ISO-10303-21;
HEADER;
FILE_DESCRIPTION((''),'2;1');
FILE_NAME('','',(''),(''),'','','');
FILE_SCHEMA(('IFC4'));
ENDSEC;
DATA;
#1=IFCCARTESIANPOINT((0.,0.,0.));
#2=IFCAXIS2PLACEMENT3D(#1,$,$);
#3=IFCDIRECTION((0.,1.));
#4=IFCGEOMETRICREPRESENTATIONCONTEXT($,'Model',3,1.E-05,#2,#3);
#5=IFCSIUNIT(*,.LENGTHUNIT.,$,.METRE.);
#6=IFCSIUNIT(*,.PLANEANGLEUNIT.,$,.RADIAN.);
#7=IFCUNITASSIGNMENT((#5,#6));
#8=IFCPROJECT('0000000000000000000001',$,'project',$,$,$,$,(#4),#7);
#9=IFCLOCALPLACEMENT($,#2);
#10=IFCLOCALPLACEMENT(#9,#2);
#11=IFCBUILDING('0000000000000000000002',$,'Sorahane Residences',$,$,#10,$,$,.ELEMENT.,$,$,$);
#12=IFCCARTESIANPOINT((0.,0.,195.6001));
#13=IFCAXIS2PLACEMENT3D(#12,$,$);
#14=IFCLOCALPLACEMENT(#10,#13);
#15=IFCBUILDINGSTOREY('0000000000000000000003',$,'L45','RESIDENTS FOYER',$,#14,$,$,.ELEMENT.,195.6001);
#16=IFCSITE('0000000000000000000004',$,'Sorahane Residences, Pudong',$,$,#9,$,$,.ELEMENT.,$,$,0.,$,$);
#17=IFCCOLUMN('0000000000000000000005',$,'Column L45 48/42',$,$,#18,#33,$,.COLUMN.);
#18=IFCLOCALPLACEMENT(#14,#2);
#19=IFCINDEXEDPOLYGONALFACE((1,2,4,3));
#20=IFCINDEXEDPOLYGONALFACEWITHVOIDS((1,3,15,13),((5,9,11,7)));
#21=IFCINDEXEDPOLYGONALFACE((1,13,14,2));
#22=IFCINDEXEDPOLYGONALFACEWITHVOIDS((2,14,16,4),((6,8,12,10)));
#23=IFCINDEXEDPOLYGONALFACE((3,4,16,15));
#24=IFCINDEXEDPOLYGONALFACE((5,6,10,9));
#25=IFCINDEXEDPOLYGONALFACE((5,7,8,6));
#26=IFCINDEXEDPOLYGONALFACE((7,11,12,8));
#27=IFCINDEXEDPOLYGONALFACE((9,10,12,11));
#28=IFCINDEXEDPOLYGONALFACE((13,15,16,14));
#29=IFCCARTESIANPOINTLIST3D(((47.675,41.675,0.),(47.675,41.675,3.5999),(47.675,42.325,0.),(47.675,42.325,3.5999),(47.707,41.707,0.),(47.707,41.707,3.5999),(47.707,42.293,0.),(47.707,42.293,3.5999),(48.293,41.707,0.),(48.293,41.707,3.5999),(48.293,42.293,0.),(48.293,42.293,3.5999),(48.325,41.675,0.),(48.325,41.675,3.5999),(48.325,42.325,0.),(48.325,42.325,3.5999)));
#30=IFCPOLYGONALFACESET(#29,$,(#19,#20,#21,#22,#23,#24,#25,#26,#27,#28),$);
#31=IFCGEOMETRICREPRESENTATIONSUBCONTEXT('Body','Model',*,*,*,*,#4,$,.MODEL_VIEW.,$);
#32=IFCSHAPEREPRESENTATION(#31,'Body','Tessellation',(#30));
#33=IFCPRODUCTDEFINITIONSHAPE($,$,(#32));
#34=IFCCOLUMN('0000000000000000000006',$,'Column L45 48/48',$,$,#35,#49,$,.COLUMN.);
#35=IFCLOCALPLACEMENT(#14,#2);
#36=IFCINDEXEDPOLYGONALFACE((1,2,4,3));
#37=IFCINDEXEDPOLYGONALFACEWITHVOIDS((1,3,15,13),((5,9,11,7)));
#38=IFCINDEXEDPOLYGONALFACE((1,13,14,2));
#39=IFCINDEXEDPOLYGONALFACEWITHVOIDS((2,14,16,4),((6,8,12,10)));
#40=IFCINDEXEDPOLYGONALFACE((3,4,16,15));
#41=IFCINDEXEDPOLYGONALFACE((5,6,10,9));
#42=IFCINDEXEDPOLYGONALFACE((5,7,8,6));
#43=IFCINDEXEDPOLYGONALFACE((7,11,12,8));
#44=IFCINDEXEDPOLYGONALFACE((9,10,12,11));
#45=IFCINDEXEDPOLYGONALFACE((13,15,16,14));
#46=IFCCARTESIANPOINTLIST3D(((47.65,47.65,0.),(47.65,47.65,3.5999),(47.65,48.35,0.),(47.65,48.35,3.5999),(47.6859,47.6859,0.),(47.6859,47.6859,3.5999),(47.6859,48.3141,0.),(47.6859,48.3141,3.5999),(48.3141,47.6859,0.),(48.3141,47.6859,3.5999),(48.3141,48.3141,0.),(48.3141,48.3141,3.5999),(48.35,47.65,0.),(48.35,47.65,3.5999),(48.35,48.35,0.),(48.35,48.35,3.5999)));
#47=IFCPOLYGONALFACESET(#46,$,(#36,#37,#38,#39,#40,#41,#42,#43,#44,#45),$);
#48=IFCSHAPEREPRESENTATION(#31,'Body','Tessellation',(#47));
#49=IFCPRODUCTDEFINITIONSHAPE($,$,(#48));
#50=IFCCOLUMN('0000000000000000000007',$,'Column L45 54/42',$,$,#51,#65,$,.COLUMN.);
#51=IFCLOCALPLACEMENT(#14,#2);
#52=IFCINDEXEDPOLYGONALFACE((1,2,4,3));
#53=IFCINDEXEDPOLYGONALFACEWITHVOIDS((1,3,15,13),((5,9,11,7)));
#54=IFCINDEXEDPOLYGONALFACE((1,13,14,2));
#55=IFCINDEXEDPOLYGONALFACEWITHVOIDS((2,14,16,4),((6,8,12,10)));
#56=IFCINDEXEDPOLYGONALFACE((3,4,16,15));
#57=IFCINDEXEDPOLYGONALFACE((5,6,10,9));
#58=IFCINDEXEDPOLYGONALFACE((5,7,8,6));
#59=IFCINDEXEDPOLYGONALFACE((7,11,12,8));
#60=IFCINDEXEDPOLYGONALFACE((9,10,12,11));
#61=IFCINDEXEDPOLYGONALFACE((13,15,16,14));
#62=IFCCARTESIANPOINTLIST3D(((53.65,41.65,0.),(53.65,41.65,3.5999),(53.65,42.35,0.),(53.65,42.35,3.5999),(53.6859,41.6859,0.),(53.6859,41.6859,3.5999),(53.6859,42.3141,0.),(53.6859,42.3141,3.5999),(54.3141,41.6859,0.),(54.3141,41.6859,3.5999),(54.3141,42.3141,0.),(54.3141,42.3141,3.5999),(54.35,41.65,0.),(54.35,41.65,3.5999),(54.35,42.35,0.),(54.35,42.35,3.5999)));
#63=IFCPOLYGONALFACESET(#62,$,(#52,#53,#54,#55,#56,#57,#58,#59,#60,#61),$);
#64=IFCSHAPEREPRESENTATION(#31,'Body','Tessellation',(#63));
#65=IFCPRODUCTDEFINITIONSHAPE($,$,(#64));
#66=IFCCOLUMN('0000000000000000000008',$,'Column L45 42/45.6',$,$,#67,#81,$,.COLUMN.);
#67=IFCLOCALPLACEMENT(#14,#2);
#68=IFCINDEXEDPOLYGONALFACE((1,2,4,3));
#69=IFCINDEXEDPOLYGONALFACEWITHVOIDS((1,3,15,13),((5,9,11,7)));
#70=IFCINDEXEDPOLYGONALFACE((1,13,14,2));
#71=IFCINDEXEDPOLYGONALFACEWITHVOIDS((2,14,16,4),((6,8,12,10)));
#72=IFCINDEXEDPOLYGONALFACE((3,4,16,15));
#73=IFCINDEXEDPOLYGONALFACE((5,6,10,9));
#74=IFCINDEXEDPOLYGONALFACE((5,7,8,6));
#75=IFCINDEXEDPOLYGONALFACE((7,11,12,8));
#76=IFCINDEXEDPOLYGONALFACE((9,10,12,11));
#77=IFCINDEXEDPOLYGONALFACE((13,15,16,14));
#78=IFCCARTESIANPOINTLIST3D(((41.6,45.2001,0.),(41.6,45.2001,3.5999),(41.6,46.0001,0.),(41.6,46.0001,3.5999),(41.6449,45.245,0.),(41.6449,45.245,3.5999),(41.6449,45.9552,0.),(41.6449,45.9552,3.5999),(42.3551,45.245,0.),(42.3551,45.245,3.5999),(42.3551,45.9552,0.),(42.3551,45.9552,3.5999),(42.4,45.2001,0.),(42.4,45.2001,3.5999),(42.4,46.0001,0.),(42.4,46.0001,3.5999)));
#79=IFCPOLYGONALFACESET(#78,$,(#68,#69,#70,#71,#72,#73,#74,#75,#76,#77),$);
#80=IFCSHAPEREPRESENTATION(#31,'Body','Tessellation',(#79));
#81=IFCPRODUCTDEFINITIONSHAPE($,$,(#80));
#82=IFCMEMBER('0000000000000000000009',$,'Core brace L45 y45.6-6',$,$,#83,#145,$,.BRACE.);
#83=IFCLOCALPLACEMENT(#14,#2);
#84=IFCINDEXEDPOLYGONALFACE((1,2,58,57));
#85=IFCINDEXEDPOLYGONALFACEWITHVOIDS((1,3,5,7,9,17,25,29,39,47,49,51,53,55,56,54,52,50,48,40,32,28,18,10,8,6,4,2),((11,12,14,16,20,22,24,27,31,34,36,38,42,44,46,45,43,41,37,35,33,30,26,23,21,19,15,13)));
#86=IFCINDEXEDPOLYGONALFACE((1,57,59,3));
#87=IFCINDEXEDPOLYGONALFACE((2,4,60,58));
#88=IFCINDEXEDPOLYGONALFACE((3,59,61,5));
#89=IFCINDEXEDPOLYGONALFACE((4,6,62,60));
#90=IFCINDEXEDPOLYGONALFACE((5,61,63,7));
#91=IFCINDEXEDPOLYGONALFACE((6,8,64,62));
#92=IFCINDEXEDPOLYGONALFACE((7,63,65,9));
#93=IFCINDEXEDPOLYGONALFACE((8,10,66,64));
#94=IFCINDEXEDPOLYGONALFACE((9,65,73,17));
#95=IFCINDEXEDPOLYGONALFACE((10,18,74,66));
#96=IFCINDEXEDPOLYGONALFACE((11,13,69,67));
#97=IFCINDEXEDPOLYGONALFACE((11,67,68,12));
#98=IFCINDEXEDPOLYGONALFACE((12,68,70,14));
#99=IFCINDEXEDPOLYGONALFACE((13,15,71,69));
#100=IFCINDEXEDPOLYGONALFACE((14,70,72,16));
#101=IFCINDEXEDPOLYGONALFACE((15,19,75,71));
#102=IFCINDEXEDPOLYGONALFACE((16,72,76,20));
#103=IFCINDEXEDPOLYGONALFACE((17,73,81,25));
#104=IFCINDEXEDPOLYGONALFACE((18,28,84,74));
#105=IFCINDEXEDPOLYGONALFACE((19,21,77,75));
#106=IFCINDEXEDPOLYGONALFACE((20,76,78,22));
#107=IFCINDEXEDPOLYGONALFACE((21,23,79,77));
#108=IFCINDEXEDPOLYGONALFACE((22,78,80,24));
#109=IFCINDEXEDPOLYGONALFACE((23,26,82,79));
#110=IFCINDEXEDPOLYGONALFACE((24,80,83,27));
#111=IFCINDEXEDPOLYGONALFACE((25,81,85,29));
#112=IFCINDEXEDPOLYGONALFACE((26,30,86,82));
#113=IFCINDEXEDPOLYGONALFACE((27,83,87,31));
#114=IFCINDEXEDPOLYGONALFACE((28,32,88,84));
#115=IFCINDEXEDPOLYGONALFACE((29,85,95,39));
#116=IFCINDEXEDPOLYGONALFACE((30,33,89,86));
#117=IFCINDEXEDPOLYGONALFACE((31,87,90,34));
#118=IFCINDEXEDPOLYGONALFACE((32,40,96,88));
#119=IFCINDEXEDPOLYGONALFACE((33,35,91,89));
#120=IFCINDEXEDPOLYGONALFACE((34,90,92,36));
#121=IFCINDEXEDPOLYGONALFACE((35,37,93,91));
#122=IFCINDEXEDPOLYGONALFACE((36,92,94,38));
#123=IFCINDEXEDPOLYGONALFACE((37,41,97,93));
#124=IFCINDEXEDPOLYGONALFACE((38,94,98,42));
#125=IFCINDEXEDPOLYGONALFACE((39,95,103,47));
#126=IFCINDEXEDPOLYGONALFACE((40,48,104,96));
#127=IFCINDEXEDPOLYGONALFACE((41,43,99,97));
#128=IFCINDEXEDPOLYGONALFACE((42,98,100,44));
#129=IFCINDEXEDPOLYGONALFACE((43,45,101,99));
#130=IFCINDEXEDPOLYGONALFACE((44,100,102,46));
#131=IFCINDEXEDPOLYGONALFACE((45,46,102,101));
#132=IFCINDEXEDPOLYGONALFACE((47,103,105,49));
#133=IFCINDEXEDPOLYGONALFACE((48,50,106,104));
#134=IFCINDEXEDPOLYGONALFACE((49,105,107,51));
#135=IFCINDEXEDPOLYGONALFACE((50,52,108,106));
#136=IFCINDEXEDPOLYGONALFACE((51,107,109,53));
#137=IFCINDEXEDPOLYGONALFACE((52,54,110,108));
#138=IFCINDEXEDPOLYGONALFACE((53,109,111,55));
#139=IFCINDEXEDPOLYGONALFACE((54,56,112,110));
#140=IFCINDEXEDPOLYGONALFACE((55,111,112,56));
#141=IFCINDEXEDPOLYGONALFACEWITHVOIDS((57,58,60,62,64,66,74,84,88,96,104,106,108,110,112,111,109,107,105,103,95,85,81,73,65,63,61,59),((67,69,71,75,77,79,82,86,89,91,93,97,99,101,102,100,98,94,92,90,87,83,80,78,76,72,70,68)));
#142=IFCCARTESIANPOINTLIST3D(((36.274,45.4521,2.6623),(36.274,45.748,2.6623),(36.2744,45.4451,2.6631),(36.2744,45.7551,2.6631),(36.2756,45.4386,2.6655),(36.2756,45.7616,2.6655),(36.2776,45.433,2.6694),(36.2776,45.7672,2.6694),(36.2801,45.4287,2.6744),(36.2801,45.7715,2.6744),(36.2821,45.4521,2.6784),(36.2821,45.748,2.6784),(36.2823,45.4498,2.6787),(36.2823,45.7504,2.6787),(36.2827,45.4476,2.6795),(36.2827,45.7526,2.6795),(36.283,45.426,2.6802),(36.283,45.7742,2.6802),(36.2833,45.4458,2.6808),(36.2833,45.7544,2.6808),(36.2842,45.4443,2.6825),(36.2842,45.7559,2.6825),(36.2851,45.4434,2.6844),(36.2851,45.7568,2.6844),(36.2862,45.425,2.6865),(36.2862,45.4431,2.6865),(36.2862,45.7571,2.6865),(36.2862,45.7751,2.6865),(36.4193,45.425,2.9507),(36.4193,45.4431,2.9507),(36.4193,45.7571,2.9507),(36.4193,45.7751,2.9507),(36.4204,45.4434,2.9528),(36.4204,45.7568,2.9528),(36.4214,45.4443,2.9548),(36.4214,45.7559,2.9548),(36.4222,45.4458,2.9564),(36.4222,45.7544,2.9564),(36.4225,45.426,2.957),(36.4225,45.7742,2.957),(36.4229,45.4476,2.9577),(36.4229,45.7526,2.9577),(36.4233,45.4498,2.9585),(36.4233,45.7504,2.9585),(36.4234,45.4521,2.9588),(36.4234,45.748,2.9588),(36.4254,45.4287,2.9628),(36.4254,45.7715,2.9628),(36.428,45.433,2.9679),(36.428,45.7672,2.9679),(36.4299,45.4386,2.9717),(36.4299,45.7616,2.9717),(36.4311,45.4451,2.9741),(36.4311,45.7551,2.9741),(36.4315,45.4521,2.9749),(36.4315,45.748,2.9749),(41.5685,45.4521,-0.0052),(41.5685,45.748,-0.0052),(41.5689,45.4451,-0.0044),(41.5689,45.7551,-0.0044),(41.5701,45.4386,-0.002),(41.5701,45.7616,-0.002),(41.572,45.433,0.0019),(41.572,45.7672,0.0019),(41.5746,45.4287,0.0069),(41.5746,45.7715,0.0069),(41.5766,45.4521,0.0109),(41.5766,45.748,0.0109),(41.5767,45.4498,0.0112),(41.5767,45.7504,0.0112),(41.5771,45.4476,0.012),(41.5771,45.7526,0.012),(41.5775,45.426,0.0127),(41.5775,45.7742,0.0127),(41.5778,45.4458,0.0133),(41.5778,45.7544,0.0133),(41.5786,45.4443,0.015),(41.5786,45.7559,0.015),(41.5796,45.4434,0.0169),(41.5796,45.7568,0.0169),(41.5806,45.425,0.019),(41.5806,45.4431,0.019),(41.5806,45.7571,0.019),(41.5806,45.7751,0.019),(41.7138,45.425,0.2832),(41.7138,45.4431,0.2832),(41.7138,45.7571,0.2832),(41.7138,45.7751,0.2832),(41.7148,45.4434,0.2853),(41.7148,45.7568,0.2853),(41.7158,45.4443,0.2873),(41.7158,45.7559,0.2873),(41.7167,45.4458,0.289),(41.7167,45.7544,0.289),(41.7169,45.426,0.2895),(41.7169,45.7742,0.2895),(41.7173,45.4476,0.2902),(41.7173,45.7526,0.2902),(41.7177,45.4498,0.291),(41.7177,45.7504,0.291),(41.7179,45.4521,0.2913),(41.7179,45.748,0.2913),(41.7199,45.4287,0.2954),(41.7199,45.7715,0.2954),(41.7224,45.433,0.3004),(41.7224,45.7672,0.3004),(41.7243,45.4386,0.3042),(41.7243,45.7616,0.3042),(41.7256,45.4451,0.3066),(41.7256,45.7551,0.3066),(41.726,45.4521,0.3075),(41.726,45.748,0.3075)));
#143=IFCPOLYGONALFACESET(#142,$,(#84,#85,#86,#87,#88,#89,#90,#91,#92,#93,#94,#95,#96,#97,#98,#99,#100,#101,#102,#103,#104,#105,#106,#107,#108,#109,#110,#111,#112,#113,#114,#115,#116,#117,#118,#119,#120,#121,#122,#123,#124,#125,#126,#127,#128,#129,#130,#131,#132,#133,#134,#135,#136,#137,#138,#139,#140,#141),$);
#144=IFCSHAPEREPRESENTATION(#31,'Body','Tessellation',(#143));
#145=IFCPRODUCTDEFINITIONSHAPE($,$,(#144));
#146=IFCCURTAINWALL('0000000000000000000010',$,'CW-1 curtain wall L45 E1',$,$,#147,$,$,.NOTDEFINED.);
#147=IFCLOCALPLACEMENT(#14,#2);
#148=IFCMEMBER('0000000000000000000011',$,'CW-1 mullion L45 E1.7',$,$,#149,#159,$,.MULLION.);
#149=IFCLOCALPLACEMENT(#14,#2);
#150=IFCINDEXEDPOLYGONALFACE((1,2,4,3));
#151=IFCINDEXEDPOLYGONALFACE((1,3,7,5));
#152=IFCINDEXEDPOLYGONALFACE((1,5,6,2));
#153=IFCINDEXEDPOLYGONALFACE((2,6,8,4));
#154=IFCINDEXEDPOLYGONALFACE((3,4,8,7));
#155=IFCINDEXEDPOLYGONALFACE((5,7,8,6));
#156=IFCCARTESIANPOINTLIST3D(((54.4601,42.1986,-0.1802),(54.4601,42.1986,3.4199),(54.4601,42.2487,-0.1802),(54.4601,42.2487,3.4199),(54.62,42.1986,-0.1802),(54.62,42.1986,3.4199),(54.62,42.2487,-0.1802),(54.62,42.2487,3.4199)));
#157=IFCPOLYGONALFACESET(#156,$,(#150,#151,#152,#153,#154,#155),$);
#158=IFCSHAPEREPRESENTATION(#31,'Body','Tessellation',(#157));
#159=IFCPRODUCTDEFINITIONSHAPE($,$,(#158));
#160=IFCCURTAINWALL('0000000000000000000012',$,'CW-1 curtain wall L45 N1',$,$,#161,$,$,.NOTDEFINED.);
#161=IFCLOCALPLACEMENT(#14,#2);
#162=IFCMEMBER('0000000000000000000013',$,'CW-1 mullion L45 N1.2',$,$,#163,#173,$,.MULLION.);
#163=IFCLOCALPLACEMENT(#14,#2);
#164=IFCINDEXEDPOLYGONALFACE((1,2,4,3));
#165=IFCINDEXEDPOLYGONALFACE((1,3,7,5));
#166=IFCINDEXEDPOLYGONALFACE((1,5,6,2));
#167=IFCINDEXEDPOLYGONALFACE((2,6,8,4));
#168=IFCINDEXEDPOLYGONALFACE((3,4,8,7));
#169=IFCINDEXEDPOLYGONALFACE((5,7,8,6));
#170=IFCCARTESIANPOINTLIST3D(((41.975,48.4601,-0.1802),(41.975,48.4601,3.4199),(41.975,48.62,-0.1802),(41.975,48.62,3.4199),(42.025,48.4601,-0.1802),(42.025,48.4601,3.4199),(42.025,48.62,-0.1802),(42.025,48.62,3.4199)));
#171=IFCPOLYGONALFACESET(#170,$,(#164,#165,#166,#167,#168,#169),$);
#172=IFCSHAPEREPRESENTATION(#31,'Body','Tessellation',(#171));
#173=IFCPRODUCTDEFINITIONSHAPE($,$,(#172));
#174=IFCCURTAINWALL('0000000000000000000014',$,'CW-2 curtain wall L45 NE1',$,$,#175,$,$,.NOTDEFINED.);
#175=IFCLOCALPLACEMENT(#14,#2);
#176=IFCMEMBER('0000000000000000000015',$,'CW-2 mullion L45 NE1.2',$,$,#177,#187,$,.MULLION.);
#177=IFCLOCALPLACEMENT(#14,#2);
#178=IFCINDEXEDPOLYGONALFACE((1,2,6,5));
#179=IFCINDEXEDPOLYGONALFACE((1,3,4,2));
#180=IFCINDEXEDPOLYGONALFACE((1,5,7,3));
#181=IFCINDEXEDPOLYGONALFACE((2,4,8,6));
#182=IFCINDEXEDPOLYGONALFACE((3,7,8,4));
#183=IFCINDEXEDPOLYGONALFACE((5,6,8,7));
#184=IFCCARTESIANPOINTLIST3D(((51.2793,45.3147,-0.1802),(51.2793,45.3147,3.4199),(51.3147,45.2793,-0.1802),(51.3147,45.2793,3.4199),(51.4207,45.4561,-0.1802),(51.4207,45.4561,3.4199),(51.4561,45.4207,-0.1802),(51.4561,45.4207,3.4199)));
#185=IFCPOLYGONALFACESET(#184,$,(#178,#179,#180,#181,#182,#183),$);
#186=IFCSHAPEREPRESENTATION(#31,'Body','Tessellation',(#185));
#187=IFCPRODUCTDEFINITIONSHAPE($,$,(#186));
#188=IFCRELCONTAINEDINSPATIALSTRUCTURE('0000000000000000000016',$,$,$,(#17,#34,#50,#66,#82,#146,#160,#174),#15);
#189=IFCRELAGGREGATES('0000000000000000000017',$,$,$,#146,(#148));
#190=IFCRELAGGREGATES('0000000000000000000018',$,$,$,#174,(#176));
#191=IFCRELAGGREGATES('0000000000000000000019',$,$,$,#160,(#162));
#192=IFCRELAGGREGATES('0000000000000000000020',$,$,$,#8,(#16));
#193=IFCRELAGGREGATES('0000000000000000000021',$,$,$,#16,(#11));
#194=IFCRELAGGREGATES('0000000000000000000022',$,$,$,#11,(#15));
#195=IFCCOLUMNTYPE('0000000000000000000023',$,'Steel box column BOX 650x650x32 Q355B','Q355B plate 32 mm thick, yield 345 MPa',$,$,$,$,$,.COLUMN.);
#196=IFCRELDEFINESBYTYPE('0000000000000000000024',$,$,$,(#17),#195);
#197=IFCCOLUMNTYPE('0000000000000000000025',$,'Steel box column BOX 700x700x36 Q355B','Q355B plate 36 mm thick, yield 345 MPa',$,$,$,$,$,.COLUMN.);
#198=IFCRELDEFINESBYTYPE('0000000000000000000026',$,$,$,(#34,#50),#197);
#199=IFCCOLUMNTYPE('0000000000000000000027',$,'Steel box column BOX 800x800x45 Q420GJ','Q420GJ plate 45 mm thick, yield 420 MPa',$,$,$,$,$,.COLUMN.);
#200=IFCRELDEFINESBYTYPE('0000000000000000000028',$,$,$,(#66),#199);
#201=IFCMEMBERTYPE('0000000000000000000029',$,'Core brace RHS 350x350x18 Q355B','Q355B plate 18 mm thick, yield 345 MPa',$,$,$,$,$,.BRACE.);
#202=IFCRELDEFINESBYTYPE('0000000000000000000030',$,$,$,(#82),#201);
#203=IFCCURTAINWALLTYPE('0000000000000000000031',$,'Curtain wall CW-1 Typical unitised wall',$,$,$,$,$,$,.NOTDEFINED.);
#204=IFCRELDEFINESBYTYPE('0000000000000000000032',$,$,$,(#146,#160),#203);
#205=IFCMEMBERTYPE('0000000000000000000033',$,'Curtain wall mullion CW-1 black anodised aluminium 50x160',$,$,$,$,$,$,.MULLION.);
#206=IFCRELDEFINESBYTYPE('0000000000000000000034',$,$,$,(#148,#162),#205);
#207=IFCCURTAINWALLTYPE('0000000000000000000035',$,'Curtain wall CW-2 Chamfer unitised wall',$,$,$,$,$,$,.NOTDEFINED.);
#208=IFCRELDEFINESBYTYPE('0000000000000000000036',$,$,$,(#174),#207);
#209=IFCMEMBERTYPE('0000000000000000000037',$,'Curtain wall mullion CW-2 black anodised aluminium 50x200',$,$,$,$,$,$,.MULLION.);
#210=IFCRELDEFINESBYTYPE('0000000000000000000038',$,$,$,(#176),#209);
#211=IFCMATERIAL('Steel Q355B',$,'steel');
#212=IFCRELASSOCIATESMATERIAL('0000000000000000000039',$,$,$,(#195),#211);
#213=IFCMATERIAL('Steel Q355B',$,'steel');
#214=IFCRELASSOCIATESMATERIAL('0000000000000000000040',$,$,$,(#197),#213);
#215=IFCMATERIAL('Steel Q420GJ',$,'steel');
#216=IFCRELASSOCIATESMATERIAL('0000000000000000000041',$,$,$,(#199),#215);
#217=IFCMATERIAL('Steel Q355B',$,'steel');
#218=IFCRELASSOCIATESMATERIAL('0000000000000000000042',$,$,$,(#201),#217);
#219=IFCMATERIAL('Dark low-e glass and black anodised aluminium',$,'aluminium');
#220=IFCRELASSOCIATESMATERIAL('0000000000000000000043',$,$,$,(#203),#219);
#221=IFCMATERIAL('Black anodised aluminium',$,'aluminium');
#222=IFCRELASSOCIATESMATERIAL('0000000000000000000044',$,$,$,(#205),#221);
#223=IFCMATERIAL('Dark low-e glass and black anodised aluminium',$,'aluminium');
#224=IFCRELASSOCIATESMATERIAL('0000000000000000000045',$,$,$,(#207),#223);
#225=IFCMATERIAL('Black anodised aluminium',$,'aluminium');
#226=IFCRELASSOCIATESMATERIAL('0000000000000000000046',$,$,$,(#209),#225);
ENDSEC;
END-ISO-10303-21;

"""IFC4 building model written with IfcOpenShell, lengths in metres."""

from ifc_helpers import new_model, si_unit, direction, frame, origin, origin_2d, place, context, subcontext, project, spatial, rectangle, hollow_rectangle, extrude, material, material_profile, profile_set, type_object, element, aggregate, save


model = new_model("IFC4")

# Units and contexts
model_context = context("Model", 3, precision=1e-05, world=origin(), true_north=direction((0.0, 1.0)))
body_context = subcontext(model_context, "Body", "Model", "MODEL_VIEW")
ifc_project = project(units=[si_unit("LENGTHUNIT", "METRE"), si_unit("PLANEANGLEUNIT", "RADIAN")], contexts=[model_context])

# Site, building, storey
site_placement = place(None, origin())
site = spatial("IfcSite", under=ifc_project, at=site_placement, Name="Sorahane Residences, Pudong", CompositionType="ELEMENT", RefElevation=0.0)
building_placement = place(site_placement, origin())
building = spatial("IfcBuilding", under=site, at=building_placement, Name="Sorahane Residences", CompositionType="ELEMENT")
storey_placement = place(building_placement, frame((0.0, 0.0, 195.6001)))
storey = spatial("IfcBuildingStorey", under=building, at=storey_placement, Name="L45", Description="RESIDENTS FOYER", CompositionType="ELEMENT", Elevation=195.6001)

# Columns
ifc_material_1 = material(Name="Steel Q355B", Category="steel")
ifc_material_profile_1 = material_profile(ifc_material_1, hollow_rectangle(XDim=0.6499, YDim=0.6499, WallThickness=0.032, at=origin_2d()), Name="BOX 650x650x32")
ifc_profile_set_1 = profile_set([ifc_material_profile_1], Name="Steel Q355B")
column_type_1 = type_object("IfcColumnType", Name="Steel box column BOX 650x650x32 Q355B", Description="Q355B plate 32 mm thick, yield 345 MPa", PredefinedType="COLUMN", material=ifc_profile_set_1)
column_1_placement = place(storey_placement, frame((48.0, 42.0, 0.0), z_axis=(0.0, 0.0, 1.0), x_axis=(1.0, 0.0, 0.0)))
element("IfcColumn", 1, at=column_1_placement, inside=storey, type_object=column_type_1, Name="Column L45 48/42", PredefinedType="COLUMN", context=body_context, shape_type="SweptSolid", body=[
    extrude(hollow_rectangle(XDim=0.6499, YDim=0.6499, WallThickness=0.032, at=origin_2d()), origin(), (0.0, 0.0, 1.0), 3.5999),
])
ifc_material_2 = material(Name="Steel Q355B", Category="steel")
ifc_material_profile_2 = material_profile(ifc_material_2, hollow_rectangle(XDim=0.7, YDim=0.7, WallThickness=0.0359, at=origin_2d()), Name="BOX 700x700x36")
ifc_profile_set_2 = profile_set([ifc_material_profile_2], Name="Steel Q355B")
column_type_2 = type_object("IfcColumnType", Name="Steel box column BOX 700x700x36 Q355B", Description="Q355B plate 36 mm thick, yield 345 MPa", PredefinedType="COLUMN", material=ifc_profile_set_2)
for number, where, z_axis, x_axis, name in (
    (2, (48.0, 48.0, 0.0), (0.0, 0.0, 1.0), (1.0, 0.0, 0.0), "Column L45 48/48"),
    (3, (54.0, 42.0, 0.0), (0.0, 0.0, 1.0), (1.0, 0.0, 0.0), "Column L45 54/42"),
):
    element("IfcColumn", number, at=place(storey_placement, frame(where, z_axis=z_axis, x_axis=x_axis)), inside=storey, type_object=column_type_2, Name=name, PredefinedType="COLUMN", context=body_context, shape_type="SweptSolid", body=[
        extrude(hollow_rectangle(XDim=0.7, YDim=0.7, WallThickness=0.0359, at=origin_2d()), origin(), (0.0, 0.0, 1.0), 3.5999),
    ])
ifc_material_3 = material(Name="Steel Q420GJ", Category="steel")
ifc_material_profile_3 = material_profile(ifc_material_3, hollow_rectangle(XDim=0.8, YDim=0.8, WallThickness=0.0449, at=origin_2d()), Name="BOX 800x800x45")
ifc_profile_set_3 = profile_set([ifc_material_profile_3], Name="Steel Q420GJ")
column_type_3 = type_object("IfcColumnType", Name="Steel box column BOX 800x800x45 Q420GJ", Description="Q420GJ plate 45 mm thick, yield 420 MPa", PredefinedType="COLUMN", material=ifc_profile_set_3)
column_2_placement = place(storey_placement, frame((42.0, 45.6001, 0.0), z_axis=(0.0, 0.0, 1.0), x_axis=(1.0, 0.0, 0.0)))
element("IfcColumn", 4, at=column_2_placement, inside=storey, type_object=column_type_3, Name="Column L45 42/45.6", PredefinedType="COLUMN", context=body_context, shape_type="SweptSolid", body=[
    extrude(hollow_rectangle(XDim=0.8, YDim=0.8, WallThickness=0.0449, at=origin_2d()), origin(), (0.0, 0.0, 1.0), 3.5999),
])

# Member
ifc_material_4 = material(Name="Steel Q355B", Category="steel")
ifc_material_profile_4 = material_profile(ifc_material_4, hollow_rectangle(XDim=0.3501, YDim=0.3501, WallThickness=0.0181, InnerFilletRadius=0.009, OuterFilletRadius=0.0271, at=origin_2d()), Name="RHS 350x350x18")
ifc_profile_set_4 = profile_set([ifc_material_profile_4], Name="Steel Q355B")
member_type_1 = type_object("IfcMemberType", Name="Core brace RHS 350x350x18 Q355B", Description="Q355B plate 18 mm thick, yield 345 MPa", PredefinedType="BRACE", material=ifc_profile_set_4)
member_1_placement = place(storey_placement, frame((41.6472, 45.6001, 0.1511), z_axis=(-0.893056, 0.0, 0.449946), x_axis=(0.0, -1.0, 0.0)))
element("IfcMember", 5, at=member_1_placement, inside=storey, type_object=member_type_1, Name="Core brace L45 y45.6-6", PredefinedType="BRACE", context=body_context, shape_type="SweptSolid", body=[
    extrude(hollow_rectangle(XDim=0.3501, YDim=0.3501, WallThickness=0.0181, InnerFilletRadius=0.009, OuterFilletRadius=0.0271, at=origin_2d()), origin(), (0.0, 0.0, 1.0), 5.9285),
])

# Curtain walls, members
ifc_material_5 = material(Name="Dark low-e glass and black anodised aluminium", Category="aluminium")
curtain_wall_type_1 = type_object("IfcCurtainWallType", Name="Curtain wall CW-1 Typical unitised wall", PredefinedType="NOTDEFINED", material=ifc_material_5)
curtain_wall_1_placement = place(storey_placement, origin())
curtain_wall_1 = element("IfcCurtainWall", 6, at=curtain_wall_1_placement, inside=storey, type_object=curtain_wall_type_1, Name="CW-1 curtain wall L45 E1", PredefinedType="NOTDEFINED")
ifc_material_6 = material(Name="Black anodised aluminium", Category="aluminium")
ifc_material_profile_5 = material_profile(ifc_material_6, rectangle(XDim=0.1599, YDim=0.05, at=origin_2d()), Name="Curtain wall mullion CW-1 black anodised aluminium 50x160")
ifc_profile_set_5 = profile_set([ifc_material_profile_5], Name="Black anodised aluminium")
member_type_2 = type_object("IfcMemberType", Name="Curtain wall mullion CW-1 black anodised aluminium 50x160", PredefinedType="MULLION", material=ifc_profile_set_5)
member_2_placement = place(storey_placement, frame((54.54, 42.2236, -0.1802), z_axis=(0.0, 0.0, 1.0), x_axis=(1.0, 0.0, 0.0)))
member_2 = element("IfcMember", 7, at=member_2_placement, type_object=member_type_2, Name="CW-1 mullion L45 E1.7", PredefinedType="MULLION", context=body_context, shape_type="SweptSolid", body=[
    extrude(rectangle(XDim=0.1599, YDim=0.05, at=origin_2d()), origin(), (0.0, 0.0, 1.0), 3.6001),
])
curtain_wall_2_placement = place(storey_placement, origin())
curtain_wall_2 = element("IfcCurtainWall", 8, at=curtain_wall_2_placement, inside=storey, type_object=curtain_wall_type_1, Name="CW-1 curtain wall L45 N1", PredefinedType="NOTDEFINED")
member_3_placement = place(storey_placement, frame((42.0, 48.54, -0.1802), z_axis=(0.0, 0.0, 1.0), x_axis=(0.0, 1.0, 0.0)))
member_3 = element("IfcMember", 9, at=member_3_placement, type_object=member_type_2, Name="CW-1 mullion L45 N1.2", PredefinedType="MULLION", context=body_context, shape_type="SweptSolid", body=[
    extrude(rectangle(XDim=0.1599, YDim=0.05, at=origin_2d()), origin(), (0.0, 0.0, 1.0), 3.6001),
])

# Curtain wall, member
ifc_material_7 = material(Name="Dark low-e glass and black anodised aluminium", Category="aluminium")
curtain_wall_type_2 = type_object("IfcCurtainWallType", Name="Curtain wall CW-2 Chamfer unitised wall", PredefinedType="NOTDEFINED", material=ifc_material_7)
curtain_wall_3_placement = place(storey_placement, origin())
curtain_wall_3 = element("IfcCurtainWall", 10, at=curtain_wall_3_placement, inside=storey, type_object=curtain_wall_type_2, Name="CW-2 curtain wall L45 NE1", PredefinedType="NOTDEFINED")
ifc_material_8 = material(Name="Black anodised aluminium", Category="aluminium")
ifc_material_profile_6 = material_profile(ifc_material_8, rectangle(XDim=0.2, YDim=0.05, at=origin_2d()), Name="Curtain wall mullion CW-2 black anodised aluminium 50x200")
ifc_profile_set_6 = profile_set([ifc_material_profile_6], Name="Black anodised aluminium")
member_type_3 = type_object("IfcMemberType", Name="Curtain wall mullion CW-2 black anodised aluminium 50x200", PredefinedType="MULLION", material=ifc_profile_set_6)
member_4_placement = place(storey_placement, frame((51.3677, 45.3677, -0.1802), z_axis=(0.0, 0.0, 1.0), x_axis=(0.707107, 0.707107, 0.0)))
member_4 = element("IfcMember", 11, at=member_4_placement, type_object=member_type_3, Name="CW-2 mullion L45 NE1.2", PredefinedType="MULLION", context=body_context, shape_type="SweptSolid", body=[
    extrude(rectangle(XDim=0.2, YDim=0.05, at=origin_2d()), origin(), (0.0, 0.0, 1.0), 3.6001),
])

aggregate(curtain_wall_1, [member_2])
aggregate(curtain_wall_3, [member_4])
aggregate(curtain_wall_2, [member_3])

save(model, "model.ifc")
